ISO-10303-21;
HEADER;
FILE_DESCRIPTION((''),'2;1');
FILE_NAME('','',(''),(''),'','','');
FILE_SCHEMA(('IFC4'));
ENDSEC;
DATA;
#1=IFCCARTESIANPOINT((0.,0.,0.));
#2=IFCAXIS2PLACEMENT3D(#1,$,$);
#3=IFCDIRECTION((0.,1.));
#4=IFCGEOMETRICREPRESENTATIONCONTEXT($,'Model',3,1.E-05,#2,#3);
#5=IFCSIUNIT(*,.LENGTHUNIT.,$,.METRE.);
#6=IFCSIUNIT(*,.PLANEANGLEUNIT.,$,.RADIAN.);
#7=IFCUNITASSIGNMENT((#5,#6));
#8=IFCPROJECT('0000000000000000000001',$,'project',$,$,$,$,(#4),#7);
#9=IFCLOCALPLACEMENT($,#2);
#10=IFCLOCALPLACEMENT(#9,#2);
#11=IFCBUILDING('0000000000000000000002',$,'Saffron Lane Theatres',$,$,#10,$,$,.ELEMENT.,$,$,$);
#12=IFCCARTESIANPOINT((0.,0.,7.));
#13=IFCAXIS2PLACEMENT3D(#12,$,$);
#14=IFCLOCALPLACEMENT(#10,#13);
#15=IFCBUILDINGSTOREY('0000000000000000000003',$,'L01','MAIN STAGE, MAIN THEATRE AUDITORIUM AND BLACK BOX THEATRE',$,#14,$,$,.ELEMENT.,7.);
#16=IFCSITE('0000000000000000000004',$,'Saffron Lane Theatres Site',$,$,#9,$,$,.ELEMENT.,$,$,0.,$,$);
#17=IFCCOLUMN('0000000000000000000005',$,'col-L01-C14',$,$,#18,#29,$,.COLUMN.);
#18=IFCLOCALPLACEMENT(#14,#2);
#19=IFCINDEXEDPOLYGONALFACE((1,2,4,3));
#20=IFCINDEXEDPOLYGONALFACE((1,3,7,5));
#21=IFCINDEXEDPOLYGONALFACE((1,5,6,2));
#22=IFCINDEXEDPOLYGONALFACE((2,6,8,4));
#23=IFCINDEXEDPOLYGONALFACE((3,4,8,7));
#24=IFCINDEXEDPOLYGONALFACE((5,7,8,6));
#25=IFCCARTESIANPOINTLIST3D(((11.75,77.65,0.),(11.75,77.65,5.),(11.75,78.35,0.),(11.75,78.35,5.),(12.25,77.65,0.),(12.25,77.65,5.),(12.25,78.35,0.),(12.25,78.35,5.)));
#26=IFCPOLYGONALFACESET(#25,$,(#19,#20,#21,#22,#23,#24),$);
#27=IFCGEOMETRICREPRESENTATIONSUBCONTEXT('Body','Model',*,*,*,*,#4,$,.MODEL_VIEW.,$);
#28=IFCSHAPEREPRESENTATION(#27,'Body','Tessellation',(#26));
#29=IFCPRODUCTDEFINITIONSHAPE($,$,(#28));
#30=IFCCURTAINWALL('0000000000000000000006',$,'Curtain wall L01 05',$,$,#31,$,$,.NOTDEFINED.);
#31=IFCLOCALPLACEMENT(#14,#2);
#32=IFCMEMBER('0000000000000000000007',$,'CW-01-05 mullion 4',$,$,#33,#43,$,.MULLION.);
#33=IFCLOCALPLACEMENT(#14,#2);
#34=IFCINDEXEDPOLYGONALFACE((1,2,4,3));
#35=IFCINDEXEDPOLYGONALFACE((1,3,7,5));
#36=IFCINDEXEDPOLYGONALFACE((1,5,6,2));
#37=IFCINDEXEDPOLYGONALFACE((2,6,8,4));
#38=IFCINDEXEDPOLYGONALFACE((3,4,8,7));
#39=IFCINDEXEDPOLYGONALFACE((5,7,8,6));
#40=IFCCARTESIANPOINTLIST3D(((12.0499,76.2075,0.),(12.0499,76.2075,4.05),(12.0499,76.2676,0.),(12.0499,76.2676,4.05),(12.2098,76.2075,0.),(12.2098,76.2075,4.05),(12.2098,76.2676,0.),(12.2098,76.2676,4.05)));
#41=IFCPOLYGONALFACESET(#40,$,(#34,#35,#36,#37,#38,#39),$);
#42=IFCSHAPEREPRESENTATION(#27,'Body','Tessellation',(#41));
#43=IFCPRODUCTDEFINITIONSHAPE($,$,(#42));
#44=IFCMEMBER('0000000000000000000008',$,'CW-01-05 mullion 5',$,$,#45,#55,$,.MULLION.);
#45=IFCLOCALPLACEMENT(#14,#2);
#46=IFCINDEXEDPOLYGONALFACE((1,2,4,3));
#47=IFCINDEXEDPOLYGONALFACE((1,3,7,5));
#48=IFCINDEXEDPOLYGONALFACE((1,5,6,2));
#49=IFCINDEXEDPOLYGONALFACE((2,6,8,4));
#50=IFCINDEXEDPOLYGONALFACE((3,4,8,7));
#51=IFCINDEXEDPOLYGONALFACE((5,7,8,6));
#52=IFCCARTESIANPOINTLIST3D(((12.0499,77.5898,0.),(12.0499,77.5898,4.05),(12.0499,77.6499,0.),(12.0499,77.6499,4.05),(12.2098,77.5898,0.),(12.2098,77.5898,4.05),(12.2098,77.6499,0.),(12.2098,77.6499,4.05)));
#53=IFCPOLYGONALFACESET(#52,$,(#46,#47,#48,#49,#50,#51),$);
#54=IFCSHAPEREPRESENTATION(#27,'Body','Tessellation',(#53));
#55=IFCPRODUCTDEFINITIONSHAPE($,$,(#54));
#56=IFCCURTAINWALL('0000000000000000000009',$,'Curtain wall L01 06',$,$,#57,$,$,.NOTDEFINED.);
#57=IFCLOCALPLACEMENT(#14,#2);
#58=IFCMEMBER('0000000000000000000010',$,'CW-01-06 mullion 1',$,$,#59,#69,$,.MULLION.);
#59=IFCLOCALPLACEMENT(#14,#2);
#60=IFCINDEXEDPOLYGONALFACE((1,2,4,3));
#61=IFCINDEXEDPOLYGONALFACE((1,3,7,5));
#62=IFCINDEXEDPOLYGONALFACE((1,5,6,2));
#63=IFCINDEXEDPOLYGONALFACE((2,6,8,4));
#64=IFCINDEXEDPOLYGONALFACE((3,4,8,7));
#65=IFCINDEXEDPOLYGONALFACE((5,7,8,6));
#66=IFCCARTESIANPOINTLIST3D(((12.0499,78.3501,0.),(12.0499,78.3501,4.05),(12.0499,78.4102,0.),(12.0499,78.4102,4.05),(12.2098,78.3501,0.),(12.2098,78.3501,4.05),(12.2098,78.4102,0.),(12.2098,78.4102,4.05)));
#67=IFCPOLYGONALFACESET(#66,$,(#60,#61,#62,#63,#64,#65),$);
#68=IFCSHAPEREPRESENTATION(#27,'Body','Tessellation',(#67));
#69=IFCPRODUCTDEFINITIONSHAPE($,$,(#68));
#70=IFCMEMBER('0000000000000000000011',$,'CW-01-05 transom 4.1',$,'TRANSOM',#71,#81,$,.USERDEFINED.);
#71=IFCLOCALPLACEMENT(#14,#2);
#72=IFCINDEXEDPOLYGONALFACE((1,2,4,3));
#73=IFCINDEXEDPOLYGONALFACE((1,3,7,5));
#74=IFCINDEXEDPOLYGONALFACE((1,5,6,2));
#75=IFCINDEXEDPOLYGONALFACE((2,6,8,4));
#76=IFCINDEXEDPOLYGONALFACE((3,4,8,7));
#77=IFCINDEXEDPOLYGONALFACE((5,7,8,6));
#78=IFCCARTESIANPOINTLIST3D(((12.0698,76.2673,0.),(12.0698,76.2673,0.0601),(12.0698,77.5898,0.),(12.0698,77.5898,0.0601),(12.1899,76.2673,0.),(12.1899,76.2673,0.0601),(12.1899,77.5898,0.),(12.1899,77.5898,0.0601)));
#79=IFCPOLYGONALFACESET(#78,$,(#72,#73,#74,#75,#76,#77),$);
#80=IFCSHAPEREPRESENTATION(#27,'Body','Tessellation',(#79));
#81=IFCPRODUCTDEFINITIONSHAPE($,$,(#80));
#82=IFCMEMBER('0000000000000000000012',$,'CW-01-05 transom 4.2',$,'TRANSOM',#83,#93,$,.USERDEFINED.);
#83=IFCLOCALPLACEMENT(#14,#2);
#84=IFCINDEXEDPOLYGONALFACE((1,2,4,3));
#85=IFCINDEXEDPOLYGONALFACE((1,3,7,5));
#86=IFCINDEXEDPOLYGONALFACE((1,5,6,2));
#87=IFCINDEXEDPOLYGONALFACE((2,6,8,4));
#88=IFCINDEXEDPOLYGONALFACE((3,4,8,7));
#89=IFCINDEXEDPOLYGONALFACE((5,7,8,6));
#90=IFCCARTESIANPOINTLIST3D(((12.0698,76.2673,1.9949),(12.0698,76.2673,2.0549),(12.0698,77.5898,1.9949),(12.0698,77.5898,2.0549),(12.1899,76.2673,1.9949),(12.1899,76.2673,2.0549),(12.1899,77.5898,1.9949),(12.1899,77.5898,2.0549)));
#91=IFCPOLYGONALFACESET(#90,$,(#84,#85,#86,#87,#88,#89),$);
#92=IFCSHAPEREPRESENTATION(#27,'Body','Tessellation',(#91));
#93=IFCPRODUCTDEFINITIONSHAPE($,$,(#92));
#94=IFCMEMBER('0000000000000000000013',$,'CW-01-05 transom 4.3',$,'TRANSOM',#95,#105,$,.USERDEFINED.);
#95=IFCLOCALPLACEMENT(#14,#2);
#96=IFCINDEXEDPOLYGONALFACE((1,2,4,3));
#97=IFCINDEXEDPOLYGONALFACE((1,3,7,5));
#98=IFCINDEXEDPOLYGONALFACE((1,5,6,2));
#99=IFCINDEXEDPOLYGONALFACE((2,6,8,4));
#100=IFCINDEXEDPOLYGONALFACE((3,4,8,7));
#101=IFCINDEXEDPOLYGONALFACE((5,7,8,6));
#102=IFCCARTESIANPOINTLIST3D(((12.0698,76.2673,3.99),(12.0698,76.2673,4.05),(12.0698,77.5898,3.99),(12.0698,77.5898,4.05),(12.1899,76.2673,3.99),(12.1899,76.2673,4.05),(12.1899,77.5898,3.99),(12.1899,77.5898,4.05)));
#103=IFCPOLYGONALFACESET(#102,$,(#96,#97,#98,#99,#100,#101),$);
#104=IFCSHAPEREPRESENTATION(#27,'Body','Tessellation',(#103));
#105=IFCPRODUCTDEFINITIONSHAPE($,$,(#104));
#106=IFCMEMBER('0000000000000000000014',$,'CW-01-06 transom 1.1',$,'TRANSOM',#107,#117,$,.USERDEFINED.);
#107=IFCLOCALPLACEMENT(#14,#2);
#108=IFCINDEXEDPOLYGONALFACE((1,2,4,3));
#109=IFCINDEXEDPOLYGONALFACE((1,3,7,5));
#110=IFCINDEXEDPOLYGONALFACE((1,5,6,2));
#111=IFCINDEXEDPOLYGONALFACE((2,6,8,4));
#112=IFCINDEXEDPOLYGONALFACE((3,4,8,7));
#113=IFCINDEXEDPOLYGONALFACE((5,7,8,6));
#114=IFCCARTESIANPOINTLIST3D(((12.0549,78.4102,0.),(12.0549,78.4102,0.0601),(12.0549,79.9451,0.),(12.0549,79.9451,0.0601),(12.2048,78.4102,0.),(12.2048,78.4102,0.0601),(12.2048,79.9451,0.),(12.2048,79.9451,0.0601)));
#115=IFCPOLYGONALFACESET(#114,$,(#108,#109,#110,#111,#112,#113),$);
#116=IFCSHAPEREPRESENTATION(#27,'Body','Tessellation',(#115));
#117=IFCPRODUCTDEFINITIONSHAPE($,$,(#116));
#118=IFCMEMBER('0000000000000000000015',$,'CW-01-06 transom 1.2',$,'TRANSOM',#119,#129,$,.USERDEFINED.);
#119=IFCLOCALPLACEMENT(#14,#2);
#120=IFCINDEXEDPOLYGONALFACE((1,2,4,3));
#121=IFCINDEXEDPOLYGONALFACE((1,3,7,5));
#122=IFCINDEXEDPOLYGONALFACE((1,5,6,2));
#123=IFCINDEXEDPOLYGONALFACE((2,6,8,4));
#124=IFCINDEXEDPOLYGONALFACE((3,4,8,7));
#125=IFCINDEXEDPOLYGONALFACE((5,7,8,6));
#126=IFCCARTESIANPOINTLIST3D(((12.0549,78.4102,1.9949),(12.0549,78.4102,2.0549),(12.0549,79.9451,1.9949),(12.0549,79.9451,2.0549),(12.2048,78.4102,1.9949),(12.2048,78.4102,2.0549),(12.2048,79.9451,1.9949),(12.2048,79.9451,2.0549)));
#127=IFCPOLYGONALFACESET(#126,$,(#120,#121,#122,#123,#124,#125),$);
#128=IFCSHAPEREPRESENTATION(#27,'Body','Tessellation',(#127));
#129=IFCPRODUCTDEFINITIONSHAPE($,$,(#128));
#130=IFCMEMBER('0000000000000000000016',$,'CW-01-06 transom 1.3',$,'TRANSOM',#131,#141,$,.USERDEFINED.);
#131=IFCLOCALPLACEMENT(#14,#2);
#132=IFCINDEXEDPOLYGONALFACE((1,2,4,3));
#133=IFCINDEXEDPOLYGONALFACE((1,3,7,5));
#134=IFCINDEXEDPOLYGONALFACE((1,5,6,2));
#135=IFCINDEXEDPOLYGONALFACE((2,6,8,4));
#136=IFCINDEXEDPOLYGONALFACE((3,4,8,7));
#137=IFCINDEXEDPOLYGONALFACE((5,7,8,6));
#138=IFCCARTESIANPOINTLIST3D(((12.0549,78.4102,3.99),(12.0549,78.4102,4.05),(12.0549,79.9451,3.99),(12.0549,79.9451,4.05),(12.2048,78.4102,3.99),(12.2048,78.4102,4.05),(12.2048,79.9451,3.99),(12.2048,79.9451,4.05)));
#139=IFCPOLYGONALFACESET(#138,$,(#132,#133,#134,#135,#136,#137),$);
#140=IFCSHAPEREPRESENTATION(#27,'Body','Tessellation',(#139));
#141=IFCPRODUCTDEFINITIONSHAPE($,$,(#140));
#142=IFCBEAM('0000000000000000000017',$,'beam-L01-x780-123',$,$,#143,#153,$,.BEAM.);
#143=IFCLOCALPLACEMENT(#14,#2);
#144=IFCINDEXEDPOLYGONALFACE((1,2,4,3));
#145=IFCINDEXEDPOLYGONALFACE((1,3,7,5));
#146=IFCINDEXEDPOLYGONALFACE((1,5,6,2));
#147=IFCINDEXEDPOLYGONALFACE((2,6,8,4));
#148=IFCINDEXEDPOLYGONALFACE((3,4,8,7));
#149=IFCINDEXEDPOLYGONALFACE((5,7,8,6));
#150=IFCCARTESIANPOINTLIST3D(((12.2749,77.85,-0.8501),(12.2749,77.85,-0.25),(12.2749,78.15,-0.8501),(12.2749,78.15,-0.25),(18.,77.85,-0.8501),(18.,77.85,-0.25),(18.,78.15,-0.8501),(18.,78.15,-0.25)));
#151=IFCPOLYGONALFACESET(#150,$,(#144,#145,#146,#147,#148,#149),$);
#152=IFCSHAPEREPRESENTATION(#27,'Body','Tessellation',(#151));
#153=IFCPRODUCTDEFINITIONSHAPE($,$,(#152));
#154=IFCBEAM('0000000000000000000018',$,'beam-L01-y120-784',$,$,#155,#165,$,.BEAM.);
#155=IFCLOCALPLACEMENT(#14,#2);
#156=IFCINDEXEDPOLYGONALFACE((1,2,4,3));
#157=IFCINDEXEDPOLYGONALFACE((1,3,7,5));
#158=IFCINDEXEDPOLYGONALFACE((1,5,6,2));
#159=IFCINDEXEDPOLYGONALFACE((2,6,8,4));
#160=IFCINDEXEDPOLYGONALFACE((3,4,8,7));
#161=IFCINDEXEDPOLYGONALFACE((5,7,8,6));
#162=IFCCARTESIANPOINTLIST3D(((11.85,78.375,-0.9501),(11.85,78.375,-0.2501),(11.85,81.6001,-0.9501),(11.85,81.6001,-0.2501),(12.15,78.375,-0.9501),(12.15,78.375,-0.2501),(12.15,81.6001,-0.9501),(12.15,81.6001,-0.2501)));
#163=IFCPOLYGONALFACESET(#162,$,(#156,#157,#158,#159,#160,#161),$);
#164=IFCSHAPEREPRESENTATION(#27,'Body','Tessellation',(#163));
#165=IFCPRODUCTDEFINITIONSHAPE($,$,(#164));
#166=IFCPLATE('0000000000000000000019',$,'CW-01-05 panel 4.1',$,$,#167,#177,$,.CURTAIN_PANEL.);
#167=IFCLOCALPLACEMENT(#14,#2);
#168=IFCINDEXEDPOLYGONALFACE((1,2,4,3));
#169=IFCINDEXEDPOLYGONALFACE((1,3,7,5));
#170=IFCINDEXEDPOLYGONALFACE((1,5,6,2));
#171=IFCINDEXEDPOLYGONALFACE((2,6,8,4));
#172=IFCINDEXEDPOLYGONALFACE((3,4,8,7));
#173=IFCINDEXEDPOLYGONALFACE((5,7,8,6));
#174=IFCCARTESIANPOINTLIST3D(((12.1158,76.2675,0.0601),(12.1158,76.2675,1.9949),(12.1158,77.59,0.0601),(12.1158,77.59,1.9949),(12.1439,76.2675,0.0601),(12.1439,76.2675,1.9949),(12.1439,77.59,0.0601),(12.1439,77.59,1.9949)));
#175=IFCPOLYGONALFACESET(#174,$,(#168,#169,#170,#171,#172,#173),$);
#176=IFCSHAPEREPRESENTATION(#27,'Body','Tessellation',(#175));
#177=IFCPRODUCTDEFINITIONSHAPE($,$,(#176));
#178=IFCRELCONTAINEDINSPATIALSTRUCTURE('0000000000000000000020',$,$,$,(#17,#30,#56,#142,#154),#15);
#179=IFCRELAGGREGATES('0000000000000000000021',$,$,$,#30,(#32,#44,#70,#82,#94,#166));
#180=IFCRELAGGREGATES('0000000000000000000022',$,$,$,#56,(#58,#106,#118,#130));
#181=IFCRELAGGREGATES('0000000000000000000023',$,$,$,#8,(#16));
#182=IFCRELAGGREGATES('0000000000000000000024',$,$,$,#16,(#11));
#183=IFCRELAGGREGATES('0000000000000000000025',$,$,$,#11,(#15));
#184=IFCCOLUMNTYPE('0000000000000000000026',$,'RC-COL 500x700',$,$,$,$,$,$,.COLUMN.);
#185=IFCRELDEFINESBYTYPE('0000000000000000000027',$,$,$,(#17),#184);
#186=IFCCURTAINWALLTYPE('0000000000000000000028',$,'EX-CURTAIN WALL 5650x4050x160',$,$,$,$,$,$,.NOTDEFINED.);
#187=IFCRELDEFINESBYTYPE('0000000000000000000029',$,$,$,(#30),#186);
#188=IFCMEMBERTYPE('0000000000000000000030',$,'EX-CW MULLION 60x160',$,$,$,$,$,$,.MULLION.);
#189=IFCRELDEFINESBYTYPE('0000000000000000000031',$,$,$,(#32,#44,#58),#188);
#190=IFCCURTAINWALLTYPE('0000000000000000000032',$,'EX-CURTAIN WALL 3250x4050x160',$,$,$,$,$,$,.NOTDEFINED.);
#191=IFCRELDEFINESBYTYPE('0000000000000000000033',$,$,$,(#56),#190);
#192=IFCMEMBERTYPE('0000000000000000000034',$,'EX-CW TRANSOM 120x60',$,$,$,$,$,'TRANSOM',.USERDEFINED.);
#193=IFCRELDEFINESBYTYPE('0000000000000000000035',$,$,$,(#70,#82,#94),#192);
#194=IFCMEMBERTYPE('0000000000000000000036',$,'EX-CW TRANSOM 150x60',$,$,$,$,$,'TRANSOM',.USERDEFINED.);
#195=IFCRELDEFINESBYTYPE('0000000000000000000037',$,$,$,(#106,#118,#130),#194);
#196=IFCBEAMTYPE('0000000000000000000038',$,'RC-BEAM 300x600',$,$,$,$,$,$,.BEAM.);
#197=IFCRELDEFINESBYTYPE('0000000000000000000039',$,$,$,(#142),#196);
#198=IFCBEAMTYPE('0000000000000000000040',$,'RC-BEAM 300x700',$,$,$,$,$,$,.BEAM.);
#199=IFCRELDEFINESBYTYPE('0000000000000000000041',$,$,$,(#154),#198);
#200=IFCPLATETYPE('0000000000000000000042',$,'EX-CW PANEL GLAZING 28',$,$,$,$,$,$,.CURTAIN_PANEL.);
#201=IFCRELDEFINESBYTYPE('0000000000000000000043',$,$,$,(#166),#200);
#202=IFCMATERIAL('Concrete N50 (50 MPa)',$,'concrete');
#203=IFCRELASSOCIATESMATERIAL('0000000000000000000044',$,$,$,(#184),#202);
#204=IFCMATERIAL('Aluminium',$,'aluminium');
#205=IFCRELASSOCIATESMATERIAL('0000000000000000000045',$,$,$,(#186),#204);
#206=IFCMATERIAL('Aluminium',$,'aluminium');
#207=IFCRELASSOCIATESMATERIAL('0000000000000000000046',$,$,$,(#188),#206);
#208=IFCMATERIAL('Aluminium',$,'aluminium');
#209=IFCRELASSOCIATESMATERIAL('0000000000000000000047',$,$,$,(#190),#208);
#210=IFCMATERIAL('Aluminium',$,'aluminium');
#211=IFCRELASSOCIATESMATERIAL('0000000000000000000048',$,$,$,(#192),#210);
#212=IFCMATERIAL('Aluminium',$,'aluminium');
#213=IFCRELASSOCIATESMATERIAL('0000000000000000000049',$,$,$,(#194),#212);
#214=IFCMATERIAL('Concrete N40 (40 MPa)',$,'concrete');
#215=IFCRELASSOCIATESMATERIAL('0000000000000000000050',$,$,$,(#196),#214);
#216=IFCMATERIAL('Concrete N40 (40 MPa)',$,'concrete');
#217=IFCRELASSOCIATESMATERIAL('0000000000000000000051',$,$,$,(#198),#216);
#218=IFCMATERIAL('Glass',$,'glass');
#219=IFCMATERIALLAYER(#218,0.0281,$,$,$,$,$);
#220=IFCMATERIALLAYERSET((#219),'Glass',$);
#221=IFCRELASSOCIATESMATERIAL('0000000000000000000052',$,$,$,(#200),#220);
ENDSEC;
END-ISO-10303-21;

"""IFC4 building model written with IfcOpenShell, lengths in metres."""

from ifc_helpers import new_model, si_unit, direction, frame, origin, origin_2d, place, context, subcontext, project, spatial, rectangle, extrude, material, layer, layer_set, material_profile, profile_set, type_object, element, aggregate, save


model = new_model("IFC4")

# Units and contexts
model_context = context("Model", 3, precision=1e-05, world=origin(), true_north=direction((0.0, 1.0)))
body_context = subcontext(model_context, "Body", "Model", "MODEL_VIEW")
ifc_project = project(units=[si_unit("LENGTHUNIT", "METRE"), si_unit("PLANEANGLEUNIT", "RADIAN")], contexts=[model_context])

# Site, building, storey
site_placement = place(None, origin())
site = spatial("IfcSite", under=ifc_project, at=site_placement, Name="Saffron Lane Theatres Site", CompositionType="ELEMENT", RefElevation=0.0)
building_placement = place(site_placement, origin())
building = spatial("IfcBuilding", under=site, at=building_placement, Name="Saffron Lane Theatres", CompositionType="ELEMENT")
storey_placement = place(building_placement, frame((0.0, 0.0, 7.0)))
storey = spatial("IfcBuildingStorey", under=building, at=storey_placement, Name="L01", Description="MAIN STAGE, MAIN THEATRE AUDITORIUM AND BLACK BOX THEATRE", CompositionType="ELEMENT", Elevation=7.0)

# Column
ifc_material_1 = material(Name="Concrete N50 (50 MPa)", Category="concrete")
ifc_material_profile_1 = material_profile(ifc_material_1, rectangle(XDim=0.5, YDim=0.7, at=origin_2d()))
ifc_profile_set_1 = profile_set([ifc_material_profile_1], Name="Concrete N50 (50 MPa)")
column_type = type_object("IfcColumnType", Name="RC-COL 500x700", PredefinedType="COLUMN", material=ifc_profile_set_1)
column_placement = place(storey_placement, frame((12.0, 78.0, 0.0), z_axis=(0.0, 0.0, 1.0), x_axis=(1.0, 0.0, 0.0)))
element("IfcColumn", 1, at=column_placement, inside=storey, type_object=column_type, Name="col-L01-C14", PredefinedType="COLUMN", context=body_context, shape_type="SweptSolid", body=[
    extrude(rectangle(XDim=0.5, YDim=0.7, at=origin_2d()), origin(), (0.0, 0.0, 1.0), 5.0),
])

# Curtain wall, members
ifc_material_2 = material(Name="Aluminium", Category="aluminium")
curtain_wall_type_1 = type_object("IfcCurtainWallType", Name="EX-CURTAIN WALL 5650x4050x160", PredefinedType="NOTDEFINED", material=ifc_material_2)
curtain_wall_1_placement = place(storey_placement, origin())
curtain_wall_1 = element("IfcCurtainWall", 2, at=curtain_wall_1_placement, inside=storey, type_object=curtain_wall_type_1, Name="Curtain wall L01 05", PredefinedType="NOTDEFINED")
ifc_material_3 = material(Name="Aluminium", Category="aluminium")
ifc_material_profile_2 = material_profile(ifc_material_3, rectangle(XDim=0.0601, YDim=0.1599, at=origin_2d()))
ifc_profile_set_2 = profile_set([ifc_material_profile_2], Name="Aluminium")
member_type_1 = type_object("IfcMemberType", Name="EX-CW MULLION 60x160", PredefinedType="MULLION", material=ifc_profile_set_2)
member_1_placement = place(storey_placement, frame((12.1299, 76.2375, 0.0), z_axis=(0.0, 0.0, 1.0), x_axis=(0.0, 1.0, 0.0)))
member_1 = element("IfcMember", 3, at=member_1_placement, type_object=member_type_1, Name="CW-01-05 mullion 4", PredefinedType="MULLION", context=body_context, shape_type="SweptSolid", body=[
    extrude(rectangle(XDim=0.0601, YDim=0.1599, at=origin_2d()), origin(), (0.0, 0.0, 1.0), 4.05),
])
member_2_placement = place(storey_placement, frame((12.1299, 77.6199, 0.0), z_axis=(0.0, 0.0, 1.0), x_axis=(0.0, 1.0, 0.0)))
member_2 = element("IfcMember", 4, at=member_2_placement, type_object=member_type_1, Name="CW-01-05 mullion 5", PredefinedType="MULLION", context=body_context, shape_type="SweptSolid", body=[
    extrude(rectangle(XDim=0.0601, YDim=0.1599, at=origin_2d()), origin(), (0.0, 0.0, 1.0), 4.05),
])

# Curtain wall, member
ifc_material_4 = material(Name="Aluminium", Category="aluminium")
curtain_wall_type_2 = type_object("IfcCurtainWallType", Name="EX-CURTAIN WALL 3250x4050x160", PredefinedType="NOTDEFINED", material=ifc_material_4)
curtain_wall_2_placement = place(storey_placement, origin())
curtain_wall_2 = element("IfcCurtainWall", 5, at=curtain_wall_2_placement, inside=storey, type_object=curtain_wall_type_2, Name="Curtain wall L01 06", PredefinedType="NOTDEFINED")
member_3_placement = place(storey_placement, frame((12.1299, 78.3801, 0.0), z_axis=(0.0, 0.0, 1.0), x_axis=(0.0, 1.0, 0.0)))
member_3 = element("IfcMember", 6, at=member_3_placement, type_object=member_type_1, Name="CW-01-06 mullion 1", PredefinedType="MULLION", context=body_context, shape_type="SweptSolid", body=[
    extrude(rectangle(XDim=0.0601, YDim=0.1599, at=origin_2d()), origin(), (0.0, 0.0, 1.0), 4.05),
])

# Members
ifc_material_5 = material(Name="Aluminium", Category="aluminium")
ifc_material_profile_3 = material_profile(ifc_material_5, rectangle(XDim=0.1201, YDim=0.0601, at=origin_2d()))
ifc_profile_set_3 = profile_set([ifc_material_profile_3], Name="Aluminium")
member_type_2 = type_object("IfcMemberType", Name="EX-CW TRANSOM 120x60", ElementType="TRANSOM", PredefinedType="USERDEFINED", material=ifc_profile_set_3)
member_4_placement = place(storey_placement, frame((12.1299, 76.2673, 0.03), z_axis=(0.0, 1.0, 0.0), x_axis=(-1.0, 0.0, 0.0)))
member_4 = element("IfcMember", 7, at=member_4_placement, type_object=member_type_2, Name="CW-01-05 transom 4.1", ObjectType="TRANSOM", PredefinedType="USERDEFINED", context=body_context, shape_type="SweptSolid", body=[
    extrude(rectangle(XDim=0.1201, YDim=0.0601, at=origin_2d()), origin(), (0.0, 0.0, 1.0), 1.3225),
])
member_5_placement = place(storey_placement, frame((12.1299, 76.2673, 2.0249), z_axis=(0.0, 1.0, 0.0), x_axis=(-1.0, 0.0, 0.0)))
member_5 = element("IfcMember", 8, at=member_5_placement, type_object=member_type_2, Name="CW-01-05 transom 4.2", ObjectType="TRANSOM", PredefinedType="USERDEFINED", context=body_context, shape_type="SweptSolid", body=[
    extrude(rectangle(XDim=0.1201, YDim=0.0601, at=origin_2d()), origin(), (0.0, 0.0, 1.0), 1.3225),
])
member_6_placement = place(storey_placement, frame((12.1299, 76.2673, 4.02), z_axis=(0.0, 1.0, 0.0), x_axis=(-1.0, 0.0, 0.0)))
member_6 = element("IfcMember", 9, at=member_6_placement, type_object=member_type_2, Name="CW-01-05 transom 4.3", ObjectType="TRANSOM", PredefinedType="USERDEFINED", context=body_context, shape_type="SweptSolid", body=[
    extrude(rectangle(XDim=0.1201, YDim=0.0601, at=origin_2d()), origin(), (0.0, 0.0, 1.0), 1.3225),
])
ifc_material_6 = material(Name="Aluminium", Category="aluminium")
ifc_material_profile_4 = material_profile(ifc_material_6, rectangle(XDim=0.1499, YDim=0.0601, at=origin_2d()))
ifc_profile_set_4 = profile_set([ifc_material_profile_4], Name="Aluminium")
member_type_3 = type_object("IfcMemberType", Name="EX-CW TRANSOM 150x60", ElementType="TRANSOM", PredefinedType="USERDEFINED", material=ifc_profile_set_4)
member_7_placement = place(storey_placement, frame((12.1299, 78.4102, 0.03), z_axis=(0.0, 1.0, 0.0), x_axis=(-1.0, 0.0, 0.0)))
member_7 = element("IfcMember", 10, at=member_7_placement, type_object=member_type_3, Name="CW-01-06 transom 1.1", ObjectType="TRANSOM", PredefinedType="USERDEFINED", context=body_context, shape_type="SweptSolid", body=[
    extrude(rectangle(XDim=0.1499, YDim=0.0601, at=origin_2d()), origin(), (0.0, 0.0, 1.0), 1.5349),
])
member_8_placement = place(storey_placement, frame((12.1299, 78.4102, 2.0249), z_axis=(0.0, 1.0, 0.0), x_axis=(-1.0, 0.0, 0.0)))
member_8 = element("IfcMember", 11, at=member_8_placement, type_object=member_type_3, Name="CW-01-06 transom 1.2", ObjectType="TRANSOM", PredefinedType="USERDEFINED", context=body_context, shape_type="SweptSolid", body=[
    extrude(rectangle(XDim=0.1499, YDim=0.0601, at=origin_2d()), origin(), (0.0, 0.0, 1.0), 1.5349),
])
member_9_placement = place(storey_placement, frame((12.1299, 78.4102, 4.02), z_axis=(0.0, 1.0, 0.0), x_axis=(-1.0, 0.0, 0.0)))
member_9 = element("IfcMember", 12, at=member_9_placement, type_object=member_type_3, Name="CW-01-06 transom 1.3", ObjectType="TRANSOM", PredefinedType="USERDEFINED", context=body_context, shape_type="SweptSolid", body=[
    extrude(rectangle(XDim=0.1499, YDim=0.0601, at=origin_2d()), origin(), (0.0, 0.0, 1.0), 1.5349),
])

# Beams
ifc_material_7 = material(Name="Concrete N40 (40 MPa)", Category="concrete")
ifc_material_profile_5 = material_profile(ifc_material_7, rectangle(XDim=0.3, YDim=0.6001, at=origin_2d()))
ifc_profile_set_5 = profile_set([ifc_material_profile_5], Name="Concrete N40 (40 MPa)")
beam_type_1 = type_object("IfcBeamType", Name="RC-BEAM 300x600", PredefinedType="BEAM", material=ifc_profile_set_5)
beam_1_placement = place(storey_placement, frame((12.2749, 78.0, -0.55), z_axis=(1.0, 0.0, 0.0), x_axis=(0.0, 1.0, 0.0)))
element("IfcBeam", 13, at=beam_1_placement, inside=storey, type_object=beam_type_1, Name="beam-L01-x780-123", PredefinedType="BEAM", context=body_context, shape_type="SweptSolid", body=[
    extrude(rectangle(XDim=0.3, YDim=0.6001, at=origin_2d()), origin(), (0.0, 0.0, 1.0), 5.7251),
])
ifc_material_8 = material(Name="Concrete N40 (40 MPa)", Category="concrete")
ifc_material_profile_6 = material_profile(ifc_material_8, rectangle(XDim=0.3, YDim=0.7, at=origin_2d()))
ifc_profile_set_6 = profile_set([ifc_material_profile_6], Name="Concrete N40 (40 MPa)")
beam_type_2 = type_object("IfcBeamType", Name="RC-BEAM 300x700", PredefinedType="BEAM", material=ifc_profile_set_6)
beam_2_placement = place(storey_placement, frame((12.0, 78.375, -0.6001), z_axis=(0.0, 1.0, 0.0), x_axis=(-1.0, 0.0, 0.0)))
element("IfcBeam", 14, at=beam_2_placement, inside=storey, type_object=beam_type_2, Name="beam-L01-y120-784", PredefinedType="BEAM", context=body_context, shape_type="SweptSolid", body=[
    extrude(rectangle(XDim=0.3, YDim=0.7, at=origin_2d()), origin(), (0.0, 0.0, 1.0), 3.2251),
])

# Plate
ifc_material_9 = material(Name="Glass", Category="glass")
ifc_layer_1 = layer(ifc_material_9, 0.0281)
ifc_layer_set_1 = layer_set([ifc_layer_1], Name="Glass")
plate_type = type_object("IfcPlateType", Name="EX-CW PANEL GLAZING 28", PredefinedType="CURTAIN_PANEL", material=ifc_layer_set_1)
plate_1_placement = place(storey_placement, frame((12.1299, 76.9287, 0.0601), z_axis=(0.0, 0.0, 1.0), x_axis=(0.0, 1.0, 0.0)))
plate_1 = element("IfcPlate", 15, at=plate_1_placement, type_object=plate_type, Name="CW-01-05 panel 4.1", PredefinedType="CURTAIN_PANEL", context=body_context, shape_type="SweptSolid", body=[
    extrude(rectangle(XDim=1.3225, YDim=0.0281, at=origin_2d()), origin(), (0.0, 0.0, 1.0), 1.9348),
])
aggregate(curtain_wall_1, [member_1, member_2, member_4, member_5, member_6, plate_1])
aggregate(curtain_wall_2, [member_3, member_7, member_8, member_9])

save(model, "model.ifc")
